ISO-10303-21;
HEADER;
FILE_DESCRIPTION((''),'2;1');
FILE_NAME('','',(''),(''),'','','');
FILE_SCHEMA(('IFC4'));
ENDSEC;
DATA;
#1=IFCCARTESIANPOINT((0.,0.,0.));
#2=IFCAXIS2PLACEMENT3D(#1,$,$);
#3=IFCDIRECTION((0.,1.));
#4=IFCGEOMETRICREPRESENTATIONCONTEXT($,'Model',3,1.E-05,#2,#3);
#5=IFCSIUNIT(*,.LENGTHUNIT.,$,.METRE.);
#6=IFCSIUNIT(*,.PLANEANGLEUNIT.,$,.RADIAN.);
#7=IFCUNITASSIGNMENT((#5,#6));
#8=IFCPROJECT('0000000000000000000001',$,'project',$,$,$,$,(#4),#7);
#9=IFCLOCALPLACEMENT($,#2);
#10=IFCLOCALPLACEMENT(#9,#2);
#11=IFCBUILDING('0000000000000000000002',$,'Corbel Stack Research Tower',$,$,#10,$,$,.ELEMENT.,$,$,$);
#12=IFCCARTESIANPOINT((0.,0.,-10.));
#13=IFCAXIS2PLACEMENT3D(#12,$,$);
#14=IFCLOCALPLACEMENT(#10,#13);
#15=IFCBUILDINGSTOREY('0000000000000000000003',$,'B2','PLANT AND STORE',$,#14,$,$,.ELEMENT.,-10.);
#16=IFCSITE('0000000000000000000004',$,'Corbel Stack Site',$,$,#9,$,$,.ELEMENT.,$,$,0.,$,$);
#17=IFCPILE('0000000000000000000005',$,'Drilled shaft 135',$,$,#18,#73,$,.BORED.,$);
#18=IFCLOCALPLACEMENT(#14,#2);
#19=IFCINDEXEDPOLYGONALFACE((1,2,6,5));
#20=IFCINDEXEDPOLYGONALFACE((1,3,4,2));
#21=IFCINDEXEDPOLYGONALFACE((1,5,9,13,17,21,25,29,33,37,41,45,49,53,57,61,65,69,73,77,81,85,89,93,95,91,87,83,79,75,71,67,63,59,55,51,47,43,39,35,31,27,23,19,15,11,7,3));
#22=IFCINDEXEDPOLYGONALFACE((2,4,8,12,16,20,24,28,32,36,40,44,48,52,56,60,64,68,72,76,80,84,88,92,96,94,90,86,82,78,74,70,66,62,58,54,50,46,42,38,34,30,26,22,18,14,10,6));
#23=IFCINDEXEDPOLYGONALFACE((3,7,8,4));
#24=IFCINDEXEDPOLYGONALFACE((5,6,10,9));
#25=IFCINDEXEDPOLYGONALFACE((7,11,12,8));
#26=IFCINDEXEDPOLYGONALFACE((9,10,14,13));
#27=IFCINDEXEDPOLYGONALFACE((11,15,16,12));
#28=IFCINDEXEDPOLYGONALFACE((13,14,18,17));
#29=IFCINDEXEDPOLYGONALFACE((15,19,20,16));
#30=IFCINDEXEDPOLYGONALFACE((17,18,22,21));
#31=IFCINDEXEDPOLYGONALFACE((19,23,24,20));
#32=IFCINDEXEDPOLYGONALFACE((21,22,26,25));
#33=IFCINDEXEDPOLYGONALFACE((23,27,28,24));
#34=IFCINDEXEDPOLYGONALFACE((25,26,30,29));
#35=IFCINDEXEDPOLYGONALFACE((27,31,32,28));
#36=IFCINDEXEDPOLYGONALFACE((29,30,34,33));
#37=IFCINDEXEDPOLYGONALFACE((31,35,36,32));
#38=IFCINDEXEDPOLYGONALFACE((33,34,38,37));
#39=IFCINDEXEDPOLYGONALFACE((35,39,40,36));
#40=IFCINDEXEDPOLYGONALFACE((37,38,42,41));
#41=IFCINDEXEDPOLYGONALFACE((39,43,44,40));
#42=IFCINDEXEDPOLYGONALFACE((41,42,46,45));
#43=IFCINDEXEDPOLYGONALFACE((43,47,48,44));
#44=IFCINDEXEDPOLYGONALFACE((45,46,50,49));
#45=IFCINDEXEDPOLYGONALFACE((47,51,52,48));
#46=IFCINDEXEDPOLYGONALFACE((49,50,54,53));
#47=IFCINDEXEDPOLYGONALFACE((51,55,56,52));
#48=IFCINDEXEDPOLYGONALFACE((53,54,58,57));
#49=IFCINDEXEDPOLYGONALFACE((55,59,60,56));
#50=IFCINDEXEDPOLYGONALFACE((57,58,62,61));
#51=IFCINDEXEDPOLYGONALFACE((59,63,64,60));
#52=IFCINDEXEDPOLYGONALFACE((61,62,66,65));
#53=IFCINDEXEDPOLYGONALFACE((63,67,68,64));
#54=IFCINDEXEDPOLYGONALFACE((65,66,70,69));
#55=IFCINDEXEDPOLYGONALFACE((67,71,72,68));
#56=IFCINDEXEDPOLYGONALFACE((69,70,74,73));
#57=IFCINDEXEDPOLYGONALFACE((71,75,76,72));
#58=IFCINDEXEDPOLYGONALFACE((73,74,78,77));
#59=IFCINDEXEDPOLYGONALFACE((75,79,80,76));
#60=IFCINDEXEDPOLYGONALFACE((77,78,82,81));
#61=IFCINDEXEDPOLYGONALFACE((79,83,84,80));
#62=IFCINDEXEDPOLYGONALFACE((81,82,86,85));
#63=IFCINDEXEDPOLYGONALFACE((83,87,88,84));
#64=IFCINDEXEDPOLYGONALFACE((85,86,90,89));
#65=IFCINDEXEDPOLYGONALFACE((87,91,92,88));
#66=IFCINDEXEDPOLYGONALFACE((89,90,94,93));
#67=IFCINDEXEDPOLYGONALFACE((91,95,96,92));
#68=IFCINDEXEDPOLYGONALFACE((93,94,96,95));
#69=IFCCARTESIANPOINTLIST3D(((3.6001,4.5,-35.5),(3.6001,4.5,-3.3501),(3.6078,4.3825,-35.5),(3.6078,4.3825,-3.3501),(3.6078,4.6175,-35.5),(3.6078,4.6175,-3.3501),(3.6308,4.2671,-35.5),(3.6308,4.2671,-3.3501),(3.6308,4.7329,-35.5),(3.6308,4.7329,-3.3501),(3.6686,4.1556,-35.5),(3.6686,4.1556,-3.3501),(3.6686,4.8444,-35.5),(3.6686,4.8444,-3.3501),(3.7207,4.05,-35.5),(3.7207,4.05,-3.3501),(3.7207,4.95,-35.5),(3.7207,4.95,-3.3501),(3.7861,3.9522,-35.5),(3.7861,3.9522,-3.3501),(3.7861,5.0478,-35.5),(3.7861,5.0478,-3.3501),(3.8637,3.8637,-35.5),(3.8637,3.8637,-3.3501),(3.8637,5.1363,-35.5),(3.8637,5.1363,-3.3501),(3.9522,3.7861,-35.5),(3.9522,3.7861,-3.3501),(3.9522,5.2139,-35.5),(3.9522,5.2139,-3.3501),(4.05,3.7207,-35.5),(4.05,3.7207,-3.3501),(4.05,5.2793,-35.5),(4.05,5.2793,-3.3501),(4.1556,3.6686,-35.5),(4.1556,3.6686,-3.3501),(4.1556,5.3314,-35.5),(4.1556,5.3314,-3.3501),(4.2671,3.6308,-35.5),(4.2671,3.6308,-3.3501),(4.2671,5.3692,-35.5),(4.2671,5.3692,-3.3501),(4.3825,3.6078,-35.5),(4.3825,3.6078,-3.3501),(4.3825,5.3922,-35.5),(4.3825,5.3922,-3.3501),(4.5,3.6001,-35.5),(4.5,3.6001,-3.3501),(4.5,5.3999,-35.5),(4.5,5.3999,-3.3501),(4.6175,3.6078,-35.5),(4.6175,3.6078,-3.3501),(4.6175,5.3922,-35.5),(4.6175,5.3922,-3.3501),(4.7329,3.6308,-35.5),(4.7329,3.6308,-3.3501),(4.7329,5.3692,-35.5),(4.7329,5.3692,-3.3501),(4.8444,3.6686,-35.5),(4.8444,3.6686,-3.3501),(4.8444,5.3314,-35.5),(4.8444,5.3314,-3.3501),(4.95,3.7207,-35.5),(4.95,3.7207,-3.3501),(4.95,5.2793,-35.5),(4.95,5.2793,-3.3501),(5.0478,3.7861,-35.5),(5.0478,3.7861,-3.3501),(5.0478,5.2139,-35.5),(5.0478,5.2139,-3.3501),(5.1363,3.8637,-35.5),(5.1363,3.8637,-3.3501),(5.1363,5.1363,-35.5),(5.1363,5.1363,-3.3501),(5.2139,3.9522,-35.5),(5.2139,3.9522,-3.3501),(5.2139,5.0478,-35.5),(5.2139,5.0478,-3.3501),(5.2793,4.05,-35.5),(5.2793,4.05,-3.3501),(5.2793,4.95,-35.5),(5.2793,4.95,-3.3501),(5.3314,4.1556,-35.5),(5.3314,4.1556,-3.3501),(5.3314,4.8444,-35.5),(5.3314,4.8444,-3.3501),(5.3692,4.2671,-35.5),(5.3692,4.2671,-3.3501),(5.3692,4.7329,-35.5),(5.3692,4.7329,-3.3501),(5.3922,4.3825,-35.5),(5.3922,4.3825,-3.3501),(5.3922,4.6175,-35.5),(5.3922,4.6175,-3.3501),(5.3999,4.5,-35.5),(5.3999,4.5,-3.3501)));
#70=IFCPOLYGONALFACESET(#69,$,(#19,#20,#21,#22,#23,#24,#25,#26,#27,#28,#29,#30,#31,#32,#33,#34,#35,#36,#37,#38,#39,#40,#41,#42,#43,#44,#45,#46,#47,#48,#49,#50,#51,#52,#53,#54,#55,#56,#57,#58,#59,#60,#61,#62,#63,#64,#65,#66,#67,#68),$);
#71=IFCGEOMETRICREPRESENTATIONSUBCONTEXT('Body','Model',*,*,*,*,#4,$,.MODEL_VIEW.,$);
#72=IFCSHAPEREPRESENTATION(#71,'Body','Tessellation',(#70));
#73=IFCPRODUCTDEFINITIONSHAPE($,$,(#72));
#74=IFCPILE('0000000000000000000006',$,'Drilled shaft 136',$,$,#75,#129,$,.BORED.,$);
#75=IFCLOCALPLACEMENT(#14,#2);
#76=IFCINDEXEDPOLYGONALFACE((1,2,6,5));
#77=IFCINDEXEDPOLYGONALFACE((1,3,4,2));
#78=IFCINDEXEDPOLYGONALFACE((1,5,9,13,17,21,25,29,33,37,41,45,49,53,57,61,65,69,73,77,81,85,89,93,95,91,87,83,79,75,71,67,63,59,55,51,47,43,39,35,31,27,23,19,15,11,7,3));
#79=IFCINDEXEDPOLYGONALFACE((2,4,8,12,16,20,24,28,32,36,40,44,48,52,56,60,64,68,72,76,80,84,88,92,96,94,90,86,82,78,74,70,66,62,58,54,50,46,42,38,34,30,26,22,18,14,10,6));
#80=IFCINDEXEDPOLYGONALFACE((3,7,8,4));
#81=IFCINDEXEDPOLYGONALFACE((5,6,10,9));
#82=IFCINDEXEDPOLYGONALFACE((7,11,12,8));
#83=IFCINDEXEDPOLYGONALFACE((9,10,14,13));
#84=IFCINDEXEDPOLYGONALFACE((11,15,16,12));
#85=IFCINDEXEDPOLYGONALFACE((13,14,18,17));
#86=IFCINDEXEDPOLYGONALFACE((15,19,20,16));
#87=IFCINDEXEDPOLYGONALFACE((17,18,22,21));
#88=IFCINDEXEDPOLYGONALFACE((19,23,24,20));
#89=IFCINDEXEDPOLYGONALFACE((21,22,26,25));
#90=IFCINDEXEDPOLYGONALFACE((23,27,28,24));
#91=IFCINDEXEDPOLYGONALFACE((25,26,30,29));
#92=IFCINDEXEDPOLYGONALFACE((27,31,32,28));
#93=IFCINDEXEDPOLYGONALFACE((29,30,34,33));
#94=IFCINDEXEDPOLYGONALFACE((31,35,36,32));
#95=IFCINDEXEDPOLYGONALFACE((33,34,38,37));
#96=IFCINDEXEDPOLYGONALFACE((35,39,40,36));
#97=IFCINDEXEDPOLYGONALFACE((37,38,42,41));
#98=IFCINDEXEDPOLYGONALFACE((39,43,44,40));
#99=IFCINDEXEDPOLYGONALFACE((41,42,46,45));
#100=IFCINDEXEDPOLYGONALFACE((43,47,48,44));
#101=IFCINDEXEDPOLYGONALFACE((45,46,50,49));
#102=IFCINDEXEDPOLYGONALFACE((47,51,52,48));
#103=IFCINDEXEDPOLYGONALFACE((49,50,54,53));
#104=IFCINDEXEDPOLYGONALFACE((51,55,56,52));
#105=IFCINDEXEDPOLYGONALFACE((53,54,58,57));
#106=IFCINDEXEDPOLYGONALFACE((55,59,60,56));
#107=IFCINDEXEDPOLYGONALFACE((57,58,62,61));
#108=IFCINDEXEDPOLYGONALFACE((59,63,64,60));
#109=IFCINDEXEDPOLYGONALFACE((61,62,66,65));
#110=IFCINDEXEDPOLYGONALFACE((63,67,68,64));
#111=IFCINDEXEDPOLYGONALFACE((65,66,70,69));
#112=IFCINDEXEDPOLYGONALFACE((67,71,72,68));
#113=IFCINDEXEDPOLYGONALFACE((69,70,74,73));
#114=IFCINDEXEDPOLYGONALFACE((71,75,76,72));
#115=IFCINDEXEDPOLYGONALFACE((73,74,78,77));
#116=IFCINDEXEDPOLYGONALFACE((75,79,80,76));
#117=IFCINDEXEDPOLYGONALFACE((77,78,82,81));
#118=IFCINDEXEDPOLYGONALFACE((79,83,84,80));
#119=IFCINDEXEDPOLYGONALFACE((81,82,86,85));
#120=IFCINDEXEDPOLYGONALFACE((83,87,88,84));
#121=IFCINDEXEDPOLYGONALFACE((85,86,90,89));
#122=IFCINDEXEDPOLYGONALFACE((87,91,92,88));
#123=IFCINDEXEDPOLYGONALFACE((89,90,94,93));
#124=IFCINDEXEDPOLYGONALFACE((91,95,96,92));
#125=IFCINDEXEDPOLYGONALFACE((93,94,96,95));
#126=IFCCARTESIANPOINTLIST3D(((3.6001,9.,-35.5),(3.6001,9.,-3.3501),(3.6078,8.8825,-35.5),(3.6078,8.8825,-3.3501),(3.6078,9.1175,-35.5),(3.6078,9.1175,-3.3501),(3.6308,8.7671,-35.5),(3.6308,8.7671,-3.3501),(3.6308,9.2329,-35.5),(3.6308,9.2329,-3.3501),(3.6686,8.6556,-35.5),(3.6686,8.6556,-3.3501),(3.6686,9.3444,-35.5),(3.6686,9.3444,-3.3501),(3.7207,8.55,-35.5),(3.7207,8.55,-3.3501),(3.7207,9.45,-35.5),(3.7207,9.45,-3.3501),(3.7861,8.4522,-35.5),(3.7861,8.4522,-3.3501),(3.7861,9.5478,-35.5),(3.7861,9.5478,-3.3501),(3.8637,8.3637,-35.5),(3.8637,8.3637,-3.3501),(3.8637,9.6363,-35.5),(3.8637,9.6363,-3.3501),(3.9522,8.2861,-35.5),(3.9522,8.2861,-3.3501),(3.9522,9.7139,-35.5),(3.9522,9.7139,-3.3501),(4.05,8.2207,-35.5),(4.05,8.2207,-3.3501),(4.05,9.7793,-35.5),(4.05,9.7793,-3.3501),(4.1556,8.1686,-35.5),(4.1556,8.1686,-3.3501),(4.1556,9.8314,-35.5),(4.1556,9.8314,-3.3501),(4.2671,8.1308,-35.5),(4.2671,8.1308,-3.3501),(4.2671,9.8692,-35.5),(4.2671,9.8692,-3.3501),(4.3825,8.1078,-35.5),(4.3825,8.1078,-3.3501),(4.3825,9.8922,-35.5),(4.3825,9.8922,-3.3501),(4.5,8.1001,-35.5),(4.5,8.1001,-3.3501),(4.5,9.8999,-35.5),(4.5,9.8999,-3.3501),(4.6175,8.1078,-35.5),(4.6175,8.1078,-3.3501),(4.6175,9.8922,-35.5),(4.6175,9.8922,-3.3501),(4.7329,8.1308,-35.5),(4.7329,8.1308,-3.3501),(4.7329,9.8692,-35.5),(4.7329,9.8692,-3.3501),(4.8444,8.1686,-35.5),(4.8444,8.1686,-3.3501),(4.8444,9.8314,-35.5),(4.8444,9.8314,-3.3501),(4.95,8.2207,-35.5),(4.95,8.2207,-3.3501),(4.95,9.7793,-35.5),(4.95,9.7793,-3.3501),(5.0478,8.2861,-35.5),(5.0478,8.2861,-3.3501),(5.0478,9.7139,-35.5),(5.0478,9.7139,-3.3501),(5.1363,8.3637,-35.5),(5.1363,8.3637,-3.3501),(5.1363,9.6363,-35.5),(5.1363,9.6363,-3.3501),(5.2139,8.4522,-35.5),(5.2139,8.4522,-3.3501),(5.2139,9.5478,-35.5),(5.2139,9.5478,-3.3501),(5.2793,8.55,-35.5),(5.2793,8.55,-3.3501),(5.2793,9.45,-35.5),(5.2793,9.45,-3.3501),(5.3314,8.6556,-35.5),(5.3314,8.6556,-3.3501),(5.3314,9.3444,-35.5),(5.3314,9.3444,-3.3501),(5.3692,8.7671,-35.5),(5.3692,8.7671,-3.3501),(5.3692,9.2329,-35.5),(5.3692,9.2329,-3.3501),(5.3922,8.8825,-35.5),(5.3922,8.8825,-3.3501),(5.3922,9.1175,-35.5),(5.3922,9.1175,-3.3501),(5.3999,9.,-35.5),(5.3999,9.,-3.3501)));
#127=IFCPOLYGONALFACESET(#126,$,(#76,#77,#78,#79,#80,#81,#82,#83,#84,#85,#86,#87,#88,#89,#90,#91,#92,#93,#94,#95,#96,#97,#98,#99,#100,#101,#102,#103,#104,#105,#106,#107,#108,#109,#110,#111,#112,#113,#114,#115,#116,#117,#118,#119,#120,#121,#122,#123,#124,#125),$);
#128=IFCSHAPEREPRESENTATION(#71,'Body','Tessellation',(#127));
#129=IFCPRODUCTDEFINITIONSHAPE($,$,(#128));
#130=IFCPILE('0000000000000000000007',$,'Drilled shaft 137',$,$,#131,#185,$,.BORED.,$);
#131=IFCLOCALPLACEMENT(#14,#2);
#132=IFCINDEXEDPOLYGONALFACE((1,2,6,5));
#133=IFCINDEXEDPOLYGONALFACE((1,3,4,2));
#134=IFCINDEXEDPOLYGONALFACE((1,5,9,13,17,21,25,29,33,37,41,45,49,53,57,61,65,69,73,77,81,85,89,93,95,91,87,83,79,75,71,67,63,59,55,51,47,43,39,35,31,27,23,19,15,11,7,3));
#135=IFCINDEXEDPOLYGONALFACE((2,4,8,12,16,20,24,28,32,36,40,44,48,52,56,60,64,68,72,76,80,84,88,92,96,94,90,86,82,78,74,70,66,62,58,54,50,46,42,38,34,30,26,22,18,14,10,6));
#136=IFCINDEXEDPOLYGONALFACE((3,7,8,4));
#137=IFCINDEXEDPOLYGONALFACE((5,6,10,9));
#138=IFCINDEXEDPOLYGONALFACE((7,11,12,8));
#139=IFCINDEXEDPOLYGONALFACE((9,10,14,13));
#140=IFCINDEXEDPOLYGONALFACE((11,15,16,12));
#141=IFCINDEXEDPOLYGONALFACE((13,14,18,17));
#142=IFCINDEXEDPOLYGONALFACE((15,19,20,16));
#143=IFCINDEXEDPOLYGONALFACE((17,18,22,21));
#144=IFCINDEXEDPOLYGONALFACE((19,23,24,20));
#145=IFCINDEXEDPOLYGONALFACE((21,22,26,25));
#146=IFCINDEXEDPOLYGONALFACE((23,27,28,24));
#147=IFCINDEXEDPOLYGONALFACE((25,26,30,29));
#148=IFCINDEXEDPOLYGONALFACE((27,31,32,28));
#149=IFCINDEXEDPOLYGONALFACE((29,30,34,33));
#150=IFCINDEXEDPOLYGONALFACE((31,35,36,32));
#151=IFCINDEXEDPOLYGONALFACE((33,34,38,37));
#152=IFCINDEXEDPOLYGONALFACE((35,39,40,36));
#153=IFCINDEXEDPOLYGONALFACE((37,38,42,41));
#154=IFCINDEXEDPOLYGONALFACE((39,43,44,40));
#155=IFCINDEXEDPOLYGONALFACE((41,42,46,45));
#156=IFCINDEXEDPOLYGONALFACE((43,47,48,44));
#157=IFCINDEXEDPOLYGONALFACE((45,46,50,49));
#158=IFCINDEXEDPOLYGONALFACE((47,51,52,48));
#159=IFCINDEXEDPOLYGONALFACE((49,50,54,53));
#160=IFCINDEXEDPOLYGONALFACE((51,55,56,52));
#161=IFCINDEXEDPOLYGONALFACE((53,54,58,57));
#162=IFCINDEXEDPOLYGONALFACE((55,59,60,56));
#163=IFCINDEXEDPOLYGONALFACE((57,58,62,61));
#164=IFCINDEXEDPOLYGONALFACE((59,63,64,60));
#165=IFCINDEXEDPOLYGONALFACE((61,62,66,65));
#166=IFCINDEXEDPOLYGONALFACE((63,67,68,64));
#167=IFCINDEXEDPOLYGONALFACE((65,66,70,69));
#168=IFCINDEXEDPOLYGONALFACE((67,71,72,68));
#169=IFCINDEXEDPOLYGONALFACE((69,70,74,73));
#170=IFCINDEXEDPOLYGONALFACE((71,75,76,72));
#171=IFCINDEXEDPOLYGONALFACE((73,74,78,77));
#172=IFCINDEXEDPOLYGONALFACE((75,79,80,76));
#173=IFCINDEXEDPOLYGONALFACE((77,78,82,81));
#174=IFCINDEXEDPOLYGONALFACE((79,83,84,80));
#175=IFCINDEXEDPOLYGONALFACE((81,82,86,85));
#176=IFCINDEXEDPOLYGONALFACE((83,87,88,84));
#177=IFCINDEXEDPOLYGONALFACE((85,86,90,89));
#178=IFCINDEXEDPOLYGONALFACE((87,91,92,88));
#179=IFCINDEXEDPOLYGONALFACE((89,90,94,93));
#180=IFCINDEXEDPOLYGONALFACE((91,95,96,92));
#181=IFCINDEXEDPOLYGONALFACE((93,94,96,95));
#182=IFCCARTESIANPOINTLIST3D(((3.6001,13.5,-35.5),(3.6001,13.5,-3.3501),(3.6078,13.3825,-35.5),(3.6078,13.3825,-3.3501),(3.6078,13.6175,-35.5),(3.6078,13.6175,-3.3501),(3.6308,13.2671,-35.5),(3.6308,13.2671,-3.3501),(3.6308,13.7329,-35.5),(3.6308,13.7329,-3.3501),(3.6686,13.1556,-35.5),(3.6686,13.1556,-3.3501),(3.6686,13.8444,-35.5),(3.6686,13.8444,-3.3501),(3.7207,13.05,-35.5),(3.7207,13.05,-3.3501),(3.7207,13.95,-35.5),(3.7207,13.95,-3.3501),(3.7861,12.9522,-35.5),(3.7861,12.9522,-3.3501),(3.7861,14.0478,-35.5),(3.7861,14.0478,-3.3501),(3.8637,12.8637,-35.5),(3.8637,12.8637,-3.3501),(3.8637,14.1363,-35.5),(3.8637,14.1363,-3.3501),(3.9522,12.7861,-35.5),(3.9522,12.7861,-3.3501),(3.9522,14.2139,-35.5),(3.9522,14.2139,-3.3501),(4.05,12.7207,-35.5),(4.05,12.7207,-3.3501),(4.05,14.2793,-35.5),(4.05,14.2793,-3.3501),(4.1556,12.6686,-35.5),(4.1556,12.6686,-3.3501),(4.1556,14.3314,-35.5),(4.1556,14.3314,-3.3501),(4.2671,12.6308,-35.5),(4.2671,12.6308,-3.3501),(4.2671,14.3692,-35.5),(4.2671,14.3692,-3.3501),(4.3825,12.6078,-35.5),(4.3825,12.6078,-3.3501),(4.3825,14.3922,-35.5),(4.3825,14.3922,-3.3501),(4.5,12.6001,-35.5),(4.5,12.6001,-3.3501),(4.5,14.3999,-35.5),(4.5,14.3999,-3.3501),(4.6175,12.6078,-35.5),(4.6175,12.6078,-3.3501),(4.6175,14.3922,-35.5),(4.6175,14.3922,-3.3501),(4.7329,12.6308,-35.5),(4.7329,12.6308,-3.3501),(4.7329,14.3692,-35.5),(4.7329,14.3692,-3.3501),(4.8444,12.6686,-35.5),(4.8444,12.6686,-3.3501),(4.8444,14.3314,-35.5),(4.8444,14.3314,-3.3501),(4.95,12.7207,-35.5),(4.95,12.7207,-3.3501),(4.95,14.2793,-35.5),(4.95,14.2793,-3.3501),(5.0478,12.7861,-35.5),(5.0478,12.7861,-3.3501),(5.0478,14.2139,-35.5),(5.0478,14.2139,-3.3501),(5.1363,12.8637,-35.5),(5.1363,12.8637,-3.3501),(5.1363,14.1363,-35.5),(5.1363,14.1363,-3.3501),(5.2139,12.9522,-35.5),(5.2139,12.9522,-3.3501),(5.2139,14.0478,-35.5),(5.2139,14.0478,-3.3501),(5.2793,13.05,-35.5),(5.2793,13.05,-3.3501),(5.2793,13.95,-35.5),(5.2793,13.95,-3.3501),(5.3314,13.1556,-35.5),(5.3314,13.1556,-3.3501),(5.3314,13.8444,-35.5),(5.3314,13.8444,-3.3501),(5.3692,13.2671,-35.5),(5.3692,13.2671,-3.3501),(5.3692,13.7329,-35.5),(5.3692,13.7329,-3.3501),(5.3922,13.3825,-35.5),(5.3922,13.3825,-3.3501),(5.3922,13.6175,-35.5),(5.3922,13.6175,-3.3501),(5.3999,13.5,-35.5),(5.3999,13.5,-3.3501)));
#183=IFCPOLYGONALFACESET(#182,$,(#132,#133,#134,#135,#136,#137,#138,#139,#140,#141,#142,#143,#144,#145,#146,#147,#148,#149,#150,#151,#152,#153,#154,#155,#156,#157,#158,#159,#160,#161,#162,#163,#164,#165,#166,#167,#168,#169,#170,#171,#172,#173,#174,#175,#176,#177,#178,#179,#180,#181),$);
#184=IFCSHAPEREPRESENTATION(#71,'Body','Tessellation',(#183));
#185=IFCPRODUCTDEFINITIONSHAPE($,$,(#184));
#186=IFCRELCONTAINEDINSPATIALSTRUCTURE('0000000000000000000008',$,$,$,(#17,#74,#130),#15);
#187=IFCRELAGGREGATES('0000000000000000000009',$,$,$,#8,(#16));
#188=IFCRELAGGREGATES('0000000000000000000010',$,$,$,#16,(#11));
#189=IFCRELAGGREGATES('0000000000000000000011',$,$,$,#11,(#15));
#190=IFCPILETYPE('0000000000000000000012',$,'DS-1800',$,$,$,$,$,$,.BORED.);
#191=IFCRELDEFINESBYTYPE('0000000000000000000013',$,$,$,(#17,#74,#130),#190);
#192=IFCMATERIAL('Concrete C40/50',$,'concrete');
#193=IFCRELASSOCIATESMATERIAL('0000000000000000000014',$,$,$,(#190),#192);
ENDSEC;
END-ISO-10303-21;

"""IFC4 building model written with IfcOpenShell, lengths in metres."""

from ifc_helpers import new_model, si_unit, direction, frame, origin, origin_2d, place, context, subcontext, project, spatial, circle, extrude, material, material_profile, profile_set, type_object, element, save


model = new_model("IFC4")

# Units and contexts
model_context = context("Model", 3, precision=1e-05, world=origin(), true_north=direction((0.0, 1.0)))
body_context = subcontext(model_context, "Body", "Model", "MODEL_VIEW")
ifc_project = project(units=[si_unit("LENGTHUNIT", "METRE"), si_unit("PLANEANGLEUNIT", "RADIAN")], contexts=[model_context])

# Site, building, storey
site_placement = place(None, origin())
site = spatial("IfcSite", under=ifc_project, at=site_placement, Name="Corbel Stack Site", CompositionType="ELEMENT", RefElevation=0.0)
building_placement = place(site_placement, origin())
building = spatial("IfcBuilding", under=site, at=building_placement, Name="Corbel Stack Research Tower", CompositionType="ELEMENT")
storey_placement = place(building_placement, frame((0.0, 0.0, -10.0)))
storey = spatial("IfcBuildingStorey", under=building, at=storey_placement, Name="B2", Description="PLANT AND STORE", CompositionType="ELEMENT", Elevation=-10.0)

# Piles
ifc_material_1 = material(Name="Concrete C40/50", Category="concrete")
ifc_material_profile = material_profile(ifc_material_1, circle(Radius=0.8999, at=origin_2d()), Name="Shaft 1800")
ifc_profile_set = profile_set([ifc_material_profile], Name="Concrete C40/50")
pile_type = type_object("IfcPileType", Name="DS-1800", PredefinedType="BORED", material=ifc_profile_set)
for number, where, z_axis, x_axis, name in (
    (1, (4.5, 4.5, -3.3501), (0.0, 0.0, -1.0), (1.0, 0.0, 0.0), "Drilled shaft 135"),
    (2, (4.5, 9.0, -3.3501), (0.0, 0.0, -1.0), (1.0, 0.0, 0.0), "Drilled shaft 136"),
    (3, (4.5, 13.5, -3.3501), (0.0, 0.0, -1.0), (1.0, 0.0, 0.0), "Drilled shaft 137"),
):
    element("IfcPile", number, at=place(storey_placement, frame(where, z_axis=z_axis, x_axis=x_axis)), inside=storey, type_object=pile_type, Name=name, PredefinedType="BORED", context=body_context, shape_type="SweptSolid", body=[
        extrude(circle(Radius=0.8999, at=origin_2d()), origin(), (0.0, 0.0, 1.0), 32.1499),
    ])

save(model, "model.ifc")
